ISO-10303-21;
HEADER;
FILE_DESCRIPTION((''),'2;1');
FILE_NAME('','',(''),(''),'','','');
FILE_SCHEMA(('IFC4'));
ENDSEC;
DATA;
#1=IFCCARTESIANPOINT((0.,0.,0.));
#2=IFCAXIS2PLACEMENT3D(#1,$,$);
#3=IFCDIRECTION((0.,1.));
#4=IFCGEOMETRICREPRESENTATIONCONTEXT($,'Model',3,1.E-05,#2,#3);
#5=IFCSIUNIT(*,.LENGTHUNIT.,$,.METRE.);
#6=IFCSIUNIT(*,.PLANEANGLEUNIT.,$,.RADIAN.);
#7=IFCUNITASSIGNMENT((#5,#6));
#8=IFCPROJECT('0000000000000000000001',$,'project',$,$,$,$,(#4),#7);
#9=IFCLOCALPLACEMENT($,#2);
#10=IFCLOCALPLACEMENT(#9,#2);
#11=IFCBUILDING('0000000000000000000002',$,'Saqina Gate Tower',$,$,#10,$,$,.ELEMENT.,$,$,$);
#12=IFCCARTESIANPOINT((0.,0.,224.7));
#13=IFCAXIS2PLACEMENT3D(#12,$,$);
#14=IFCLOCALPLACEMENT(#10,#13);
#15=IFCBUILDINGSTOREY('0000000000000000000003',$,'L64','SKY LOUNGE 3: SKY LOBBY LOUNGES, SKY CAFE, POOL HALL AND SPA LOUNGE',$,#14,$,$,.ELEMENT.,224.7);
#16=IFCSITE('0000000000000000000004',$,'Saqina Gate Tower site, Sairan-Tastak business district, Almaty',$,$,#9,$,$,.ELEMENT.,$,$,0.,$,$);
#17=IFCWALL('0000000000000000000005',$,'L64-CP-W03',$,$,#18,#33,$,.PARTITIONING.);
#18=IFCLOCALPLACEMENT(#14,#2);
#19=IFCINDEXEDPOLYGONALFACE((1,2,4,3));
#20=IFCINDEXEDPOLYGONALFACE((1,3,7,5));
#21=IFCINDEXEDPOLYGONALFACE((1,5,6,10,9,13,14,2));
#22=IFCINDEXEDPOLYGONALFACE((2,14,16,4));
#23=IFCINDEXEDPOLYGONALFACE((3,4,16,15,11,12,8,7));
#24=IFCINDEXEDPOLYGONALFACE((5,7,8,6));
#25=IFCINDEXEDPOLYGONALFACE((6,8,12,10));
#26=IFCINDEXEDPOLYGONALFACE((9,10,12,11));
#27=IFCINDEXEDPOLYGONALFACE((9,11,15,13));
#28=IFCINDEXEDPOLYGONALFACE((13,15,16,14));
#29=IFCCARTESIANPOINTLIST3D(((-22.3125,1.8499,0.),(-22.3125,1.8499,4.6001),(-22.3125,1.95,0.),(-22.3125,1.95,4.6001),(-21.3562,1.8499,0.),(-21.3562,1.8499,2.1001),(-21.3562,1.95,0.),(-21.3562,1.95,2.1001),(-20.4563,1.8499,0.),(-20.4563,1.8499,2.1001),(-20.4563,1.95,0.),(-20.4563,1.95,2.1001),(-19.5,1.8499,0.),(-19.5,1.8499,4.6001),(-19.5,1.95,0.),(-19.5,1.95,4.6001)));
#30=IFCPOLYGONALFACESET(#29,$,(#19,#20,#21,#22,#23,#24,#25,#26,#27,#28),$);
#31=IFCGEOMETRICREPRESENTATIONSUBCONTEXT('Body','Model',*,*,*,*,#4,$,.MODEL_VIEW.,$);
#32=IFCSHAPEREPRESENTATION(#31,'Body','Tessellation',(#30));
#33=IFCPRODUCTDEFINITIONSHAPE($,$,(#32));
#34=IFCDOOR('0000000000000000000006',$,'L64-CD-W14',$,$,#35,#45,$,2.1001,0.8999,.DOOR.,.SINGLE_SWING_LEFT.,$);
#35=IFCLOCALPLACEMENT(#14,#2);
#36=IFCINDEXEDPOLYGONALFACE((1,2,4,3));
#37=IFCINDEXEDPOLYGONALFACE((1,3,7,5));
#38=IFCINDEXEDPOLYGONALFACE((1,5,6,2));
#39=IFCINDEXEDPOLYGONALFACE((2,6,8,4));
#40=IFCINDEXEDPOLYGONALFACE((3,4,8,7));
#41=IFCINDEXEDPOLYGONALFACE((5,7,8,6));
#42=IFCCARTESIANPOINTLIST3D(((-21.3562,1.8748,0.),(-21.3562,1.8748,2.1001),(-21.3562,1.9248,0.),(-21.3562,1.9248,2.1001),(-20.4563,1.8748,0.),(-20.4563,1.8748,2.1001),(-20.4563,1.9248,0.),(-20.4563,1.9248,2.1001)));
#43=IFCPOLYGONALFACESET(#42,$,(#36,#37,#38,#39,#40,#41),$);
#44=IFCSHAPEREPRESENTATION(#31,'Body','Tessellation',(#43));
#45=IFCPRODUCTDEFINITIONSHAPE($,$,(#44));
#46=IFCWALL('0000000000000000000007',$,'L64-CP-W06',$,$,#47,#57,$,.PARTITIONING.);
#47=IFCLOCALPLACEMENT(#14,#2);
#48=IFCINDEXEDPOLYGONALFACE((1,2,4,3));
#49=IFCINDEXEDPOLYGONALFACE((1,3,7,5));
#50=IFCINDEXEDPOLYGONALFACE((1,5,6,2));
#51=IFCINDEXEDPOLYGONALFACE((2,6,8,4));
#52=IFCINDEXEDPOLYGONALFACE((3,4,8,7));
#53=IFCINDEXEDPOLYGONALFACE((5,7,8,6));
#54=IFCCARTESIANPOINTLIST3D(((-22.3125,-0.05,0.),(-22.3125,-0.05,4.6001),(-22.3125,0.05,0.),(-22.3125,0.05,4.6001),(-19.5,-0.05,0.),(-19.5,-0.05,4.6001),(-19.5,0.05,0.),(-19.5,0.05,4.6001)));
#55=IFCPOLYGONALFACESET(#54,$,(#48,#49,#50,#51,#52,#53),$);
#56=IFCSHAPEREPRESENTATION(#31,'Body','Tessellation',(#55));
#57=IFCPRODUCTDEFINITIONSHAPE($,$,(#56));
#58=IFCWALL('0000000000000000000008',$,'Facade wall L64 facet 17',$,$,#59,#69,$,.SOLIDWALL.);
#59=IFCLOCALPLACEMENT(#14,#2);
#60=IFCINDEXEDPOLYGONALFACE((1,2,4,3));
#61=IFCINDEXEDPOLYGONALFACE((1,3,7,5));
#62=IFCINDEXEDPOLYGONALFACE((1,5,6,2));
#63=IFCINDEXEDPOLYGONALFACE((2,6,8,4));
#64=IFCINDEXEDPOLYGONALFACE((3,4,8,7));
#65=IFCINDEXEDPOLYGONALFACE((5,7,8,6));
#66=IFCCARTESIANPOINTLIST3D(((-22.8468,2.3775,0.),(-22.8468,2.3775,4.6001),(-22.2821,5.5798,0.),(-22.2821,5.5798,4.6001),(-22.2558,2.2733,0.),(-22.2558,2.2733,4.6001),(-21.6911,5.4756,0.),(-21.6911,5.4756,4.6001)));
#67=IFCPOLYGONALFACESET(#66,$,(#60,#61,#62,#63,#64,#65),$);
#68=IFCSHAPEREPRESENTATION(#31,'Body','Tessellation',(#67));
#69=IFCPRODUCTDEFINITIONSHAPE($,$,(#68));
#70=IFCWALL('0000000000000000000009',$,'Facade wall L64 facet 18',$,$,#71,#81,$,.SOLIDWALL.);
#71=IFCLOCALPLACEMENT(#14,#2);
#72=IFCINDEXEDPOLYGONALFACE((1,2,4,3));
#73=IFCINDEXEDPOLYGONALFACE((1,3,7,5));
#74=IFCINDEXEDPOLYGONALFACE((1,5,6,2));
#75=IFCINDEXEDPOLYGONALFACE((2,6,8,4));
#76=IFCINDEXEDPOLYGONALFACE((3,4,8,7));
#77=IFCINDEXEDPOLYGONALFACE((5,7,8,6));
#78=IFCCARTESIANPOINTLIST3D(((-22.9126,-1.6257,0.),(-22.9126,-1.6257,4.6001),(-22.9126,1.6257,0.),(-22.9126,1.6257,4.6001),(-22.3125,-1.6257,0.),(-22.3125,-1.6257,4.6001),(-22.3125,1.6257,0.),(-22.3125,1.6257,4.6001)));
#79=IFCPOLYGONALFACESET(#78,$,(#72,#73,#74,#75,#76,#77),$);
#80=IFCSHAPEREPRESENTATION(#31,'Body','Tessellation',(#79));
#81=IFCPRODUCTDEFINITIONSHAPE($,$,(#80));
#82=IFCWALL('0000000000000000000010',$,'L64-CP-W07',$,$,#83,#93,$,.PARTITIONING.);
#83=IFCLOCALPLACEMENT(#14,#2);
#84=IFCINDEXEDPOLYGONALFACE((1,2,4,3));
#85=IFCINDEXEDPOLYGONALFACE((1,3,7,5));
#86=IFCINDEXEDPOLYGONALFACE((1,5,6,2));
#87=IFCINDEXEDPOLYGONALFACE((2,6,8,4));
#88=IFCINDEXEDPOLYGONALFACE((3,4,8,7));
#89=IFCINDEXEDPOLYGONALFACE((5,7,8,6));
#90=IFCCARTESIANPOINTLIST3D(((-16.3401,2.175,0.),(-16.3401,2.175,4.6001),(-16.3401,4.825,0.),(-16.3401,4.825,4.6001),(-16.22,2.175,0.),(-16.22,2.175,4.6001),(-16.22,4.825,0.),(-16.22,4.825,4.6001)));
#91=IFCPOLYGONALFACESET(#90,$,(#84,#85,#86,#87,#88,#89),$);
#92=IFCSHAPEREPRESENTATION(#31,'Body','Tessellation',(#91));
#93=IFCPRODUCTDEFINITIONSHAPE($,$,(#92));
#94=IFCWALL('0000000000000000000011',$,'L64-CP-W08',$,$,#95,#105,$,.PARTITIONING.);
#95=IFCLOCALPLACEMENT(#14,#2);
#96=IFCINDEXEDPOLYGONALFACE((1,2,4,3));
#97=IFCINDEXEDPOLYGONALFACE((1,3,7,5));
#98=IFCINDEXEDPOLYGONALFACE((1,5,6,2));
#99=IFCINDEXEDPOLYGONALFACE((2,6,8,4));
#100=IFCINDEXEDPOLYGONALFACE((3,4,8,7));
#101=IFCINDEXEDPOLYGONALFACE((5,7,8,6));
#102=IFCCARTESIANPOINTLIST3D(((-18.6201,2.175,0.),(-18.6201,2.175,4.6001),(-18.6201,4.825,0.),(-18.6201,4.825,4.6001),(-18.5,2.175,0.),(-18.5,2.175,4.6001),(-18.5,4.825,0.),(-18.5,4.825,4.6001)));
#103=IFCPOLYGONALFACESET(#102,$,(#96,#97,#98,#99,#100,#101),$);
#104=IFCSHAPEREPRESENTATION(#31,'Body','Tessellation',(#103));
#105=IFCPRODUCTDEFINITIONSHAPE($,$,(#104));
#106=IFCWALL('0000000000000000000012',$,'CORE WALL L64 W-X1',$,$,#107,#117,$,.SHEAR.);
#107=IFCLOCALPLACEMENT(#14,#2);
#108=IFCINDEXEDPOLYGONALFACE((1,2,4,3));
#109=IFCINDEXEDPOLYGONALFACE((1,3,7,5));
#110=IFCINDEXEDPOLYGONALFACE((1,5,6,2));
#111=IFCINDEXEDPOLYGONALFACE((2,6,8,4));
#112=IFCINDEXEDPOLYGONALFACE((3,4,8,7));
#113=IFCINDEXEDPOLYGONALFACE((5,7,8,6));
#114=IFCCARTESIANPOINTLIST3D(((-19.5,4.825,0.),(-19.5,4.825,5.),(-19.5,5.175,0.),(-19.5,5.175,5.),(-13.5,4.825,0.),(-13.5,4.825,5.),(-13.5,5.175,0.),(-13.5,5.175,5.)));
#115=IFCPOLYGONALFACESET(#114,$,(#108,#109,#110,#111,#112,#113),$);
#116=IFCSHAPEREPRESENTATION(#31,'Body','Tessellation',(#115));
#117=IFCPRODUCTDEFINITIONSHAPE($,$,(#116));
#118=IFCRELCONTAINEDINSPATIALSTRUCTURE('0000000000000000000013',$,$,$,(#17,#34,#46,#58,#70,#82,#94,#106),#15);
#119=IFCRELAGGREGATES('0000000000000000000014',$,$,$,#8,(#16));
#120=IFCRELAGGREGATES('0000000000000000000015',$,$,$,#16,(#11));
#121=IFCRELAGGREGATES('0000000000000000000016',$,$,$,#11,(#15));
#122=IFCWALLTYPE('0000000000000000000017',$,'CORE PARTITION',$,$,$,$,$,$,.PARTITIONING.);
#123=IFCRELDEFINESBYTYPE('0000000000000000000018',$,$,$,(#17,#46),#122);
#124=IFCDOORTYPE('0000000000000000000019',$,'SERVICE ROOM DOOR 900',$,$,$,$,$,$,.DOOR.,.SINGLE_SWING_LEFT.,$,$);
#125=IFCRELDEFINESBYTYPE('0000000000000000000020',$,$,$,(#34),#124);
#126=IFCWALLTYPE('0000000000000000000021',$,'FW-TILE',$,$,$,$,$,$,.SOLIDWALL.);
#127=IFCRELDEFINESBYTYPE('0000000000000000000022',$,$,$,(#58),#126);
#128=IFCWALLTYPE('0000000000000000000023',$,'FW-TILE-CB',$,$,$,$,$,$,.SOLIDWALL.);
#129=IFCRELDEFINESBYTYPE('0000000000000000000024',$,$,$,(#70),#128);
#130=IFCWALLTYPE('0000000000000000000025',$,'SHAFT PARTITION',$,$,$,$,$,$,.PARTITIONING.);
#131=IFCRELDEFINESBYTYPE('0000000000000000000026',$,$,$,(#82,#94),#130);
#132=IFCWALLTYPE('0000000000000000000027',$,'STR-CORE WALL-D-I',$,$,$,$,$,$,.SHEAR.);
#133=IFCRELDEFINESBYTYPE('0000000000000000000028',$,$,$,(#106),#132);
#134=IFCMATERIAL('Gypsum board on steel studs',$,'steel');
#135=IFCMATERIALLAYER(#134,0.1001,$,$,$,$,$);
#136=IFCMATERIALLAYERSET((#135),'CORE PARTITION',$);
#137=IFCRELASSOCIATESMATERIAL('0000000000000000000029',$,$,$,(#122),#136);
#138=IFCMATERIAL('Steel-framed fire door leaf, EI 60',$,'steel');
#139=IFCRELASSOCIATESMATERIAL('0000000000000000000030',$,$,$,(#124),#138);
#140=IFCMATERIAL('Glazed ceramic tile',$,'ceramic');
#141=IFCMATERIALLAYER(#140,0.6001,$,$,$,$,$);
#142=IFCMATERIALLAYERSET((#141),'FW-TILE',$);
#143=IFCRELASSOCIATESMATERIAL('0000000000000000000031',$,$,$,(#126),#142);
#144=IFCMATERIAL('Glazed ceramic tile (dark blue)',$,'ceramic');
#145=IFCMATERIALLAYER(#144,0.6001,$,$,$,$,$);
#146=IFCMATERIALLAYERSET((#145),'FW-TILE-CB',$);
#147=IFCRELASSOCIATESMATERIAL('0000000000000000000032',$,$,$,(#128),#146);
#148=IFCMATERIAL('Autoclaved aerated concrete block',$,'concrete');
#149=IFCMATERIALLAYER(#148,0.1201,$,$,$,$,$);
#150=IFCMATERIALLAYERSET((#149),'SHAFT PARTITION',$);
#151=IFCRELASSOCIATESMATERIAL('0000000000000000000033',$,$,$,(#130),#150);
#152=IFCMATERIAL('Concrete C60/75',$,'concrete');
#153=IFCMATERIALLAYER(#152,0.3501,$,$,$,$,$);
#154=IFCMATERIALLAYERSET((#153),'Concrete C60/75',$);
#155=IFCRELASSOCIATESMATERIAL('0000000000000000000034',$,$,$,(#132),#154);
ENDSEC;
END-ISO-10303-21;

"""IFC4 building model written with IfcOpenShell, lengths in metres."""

from ifc_helpers import new_model, si_unit, direction, frame, frame_2d, origin, place, context, subcontext, project, spatial, rectangle, extrude, material, layer, layer_set, type_object, element, fill, save


model = new_model("IFC4")

# Units and contexts
model_context = context("Model", 3, precision=1e-05, world=origin(), true_north=direction((0.0, 1.0)))
body_context = subcontext(model_context, "Body", "Model", "MODEL_VIEW")
ifc_project = project(units=[si_unit("LENGTHUNIT", "METRE"), si_unit("PLANEANGLEUNIT", "RADIAN")], contexts=[model_context])

# Site, building, storey
site_placement = place(None, origin())
site = spatial("IfcSite", under=ifc_project, at=site_placement, Name="Saqina Gate Tower site, Sairan-Tastak business district, Almaty", CompositionType="ELEMENT", RefElevation=0.0)
building_placement = place(site_placement, origin())
building = spatial("IfcBuilding", under=site, at=building_placement, Name="Saqina Gate Tower", CompositionType="ELEMENT")
storey_placement = place(building_placement, frame((0.0, 0.0, 224.7)))
storey = spatial("IfcBuildingStorey", under=building, at=storey_placement, Name="L64", Description="SKY LOUNGE 3: SKY LOBBY LOUNGES, SKY CAFE, POOL HALL AND SPA LOUNGE", CompositionType="ELEMENT", Elevation=224.7)

# Shared definitions
ifc_material_1 = material(Name="Gypsum board on steel studs", Category="steel")
ifc_layer_1 = layer(ifc_material_1, 0.1001)
ifc_layer_set_1 = layer_set([ifc_layer_1], Name="CORE PARTITION")
wall_type_1 = type_object("IfcWallType", Name="CORE PARTITION", PredefinedType="PARTITIONING", material=ifc_layer_set_1)

# Wall, opening, door
wall_1_placement = place(storey_placement, frame((-19.5, 1.8999, 0.0), z_axis=(0.0, 0.0, 1.0), x_axis=(-1.0, 0.0, 0.0)))
wall_1 = element("IfcWall", 1, at=wall_1_placement, inside=storey, type_object=wall_type_1, Name="L64-CP-W03", PredefinedType="PARTITIONING", context=body_context, shape_type="SweptSolid", body=[
    extrude(rectangle(XDim=2.8125, YDim=0.1001, at=frame_2d((1.4062, 0.0))), origin(), (0.0, 0.0, 1.0), 4.6001),
])
opening_1_placement = place(wall_1_placement, frame((0.9563, 0.0, 0.0)))
opening_1 = element("IfcOpeningElement", 2, at=opening_1_placement, cuts=wall_1, PredefinedType="OPENING", context=body_context, shape_type="SweptSolid", body=[
    extrude(rectangle(XDim=0.8999, YDim=2.1001, at=frame_2d((0.45, 1.05))), frame((0.0, 0.062, 0.0), z_axis=(0.0, -1.0, 0.0), x_axis=(1.0, 0.0, 0.0)), (0.0, 0.0, 1.0), 0.124),
])
ifc_material_2 = material(Name="Steel-framed fire door leaf, EI 60", Category="steel")
door_type_1 = type_object("IfcDoorType", Name="SERVICE ROOM DOOR 900", OperationType="SINGLE_SWING_LEFT", PredefinedType="DOOR", material=ifc_material_2)
door_1_placement = place(opening_1_placement, frame((0.8999, 0.0, 0.0), z_axis=(0.0, 0.0, 1.0), x_axis=(-1.0, 0.0, 0.0)))
door_1 = element("IfcDoor", 3, at=door_1_placement, inside=storey, type_object=door_type_1, Name="L64-CD-W14", OperationType="SINGLE_SWING_LEFT", OverallHeight=2.1001, OverallWidth=0.8999, PredefinedType="DOOR", context=body_context, shape_type="SweptSolid", body=[
    extrude(rectangle(XDim=0.8999, YDim=2.1001, at=frame_2d((0.45, 1.05))), frame((0.0, 0.0249, 0.0), z_axis=(0.0, -1.0, 0.0), x_axis=(1.0, 0.0, 0.0)), (0.0, 0.0, 1.0), 0.05),
])
fill(opening_1, door_1)

# Walls
wall_2_placement = place(storey_placement, frame((-19.5, 0.0, 0.0), z_axis=(0.0, 0.0, 1.0), x_axis=(-1.0, 0.0, 0.0)))
element("IfcWall", 4, at=wall_2_placement, inside=storey, type_object=wall_type_1, Name="L64-CP-W06", PredefinedType="PARTITIONING", context=body_context, shape_type="SweptSolid", body=[
    extrude(rectangle(XDim=2.8125, YDim=0.1001, at=frame_2d((1.4062, 0.0))), origin(), (0.0, 0.0, 1.0), 4.6001),
])
ifc_material_3 = material(Name="Glazed ceramic tile", Category="ceramic")
ifc_layer_2 = layer(ifc_material_3, 0.6001)
ifc_layer_set_2 = layer_set([ifc_layer_2], Name="FW-TILE")
wall_type_2 = type_object("IfcWallType", Name="FW-TILE", PredefinedType="SOLIDWALL", material=ifc_layer_set_2)
wall_3_placement = place(storey_placement, frame((-21.9866, 5.5278, 0.0), z_axis=(0.0, 0.0, 1.0), x_axis=(-0.173657, -0.984806, 0.0)))
element("IfcWall", 5, at=wall_3_placement, inside=storey, type_object=wall_type_2, Name="Facade wall L64 facet 17", PredefinedType="SOLIDWALL", context=body_context, shape_type="SweptSolid", body=[
    extrude(rectangle(XDim=3.2517, YDim=0.6001, at=frame_2d((1.626, 0.0))), origin(), (0.0, 0.0, 1.0), 4.6001),
])
ifc_material_4 = material(Name="Glazed ceramic tile (dark blue)", Category="ceramic")
ifc_layer_3 = layer(ifc_material_4, 0.6001)
ifc_layer_set_3 = layer_set([ifc_layer_3], Name="FW-TILE-CB")
wall_type_3 = type_object("IfcWallType", Name="FW-TILE-CB", PredefinedType="SOLIDWALL", material=ifc_layer_set_3)
wall_4_placement = place(storey_placement, frame((-22.6125, 1.6257, 0.0), z_axis=(0.0, 0.0, 1.0), x_axis=(0.0, -1.0, 0.0)))
element("IfcWall", 6, at=wall_4_placement, inside=storey, type_object=wall_type_3, Name="Facade wall L64 facet 18", PredefinedType="SOLIDWALL", context=body_context, shape_type="SweptSolid", body=[
    extrude(rectangle(XDim=3.2515, YDim=0.6001, at=frame_2d((1.6257, 0.0))), origin(), (0.0, 0.0, 1.0), 4.6001),
])
ifc_material_5 = material(Name="Autoclaved aerated concrete block", Category="concrete")
ifc_layer_4 = layer(ifc_material_5, 0.1201)
ifc_layer_set_4 = layer_set([ifc_layer_4], Name="SHAFT PARTITION")
wall_type_4 = type_object("IfcWallType", Name="SHAFT PARTITION", PredefinedType="PARTITIONING", material=ifc_layer_set_4)
for number, where, z_axis, x_axis, name in (
    (7, (-16.28, 2.175, 0.0), (0.0, 0.0, 1.0), (0.0, 1.0, 0.0), "L64-CP-W07"),
    (8, (-18.5601, 2.175, 0.0), (0.0, 0.0, 1.0), (0.0, 1.0, 0.0), "L64-CP-W08"),
):
    element("IfcWall", number, at=place(storey_placement, frame(where, z_axis=z_axis, x_axis=x_axis)), inside=storey, type_object=wall_type_4, Name=name, PredefinedType="PARTITIONING", context=body_context, shape_type="SweptSolid", body=[
        extrude(rectangle(XDim=2.6499, YDim=0.1201, at=frame_2d((1.325, 0.0))), origin(), (0.0, 0.0, 1.0), 4.6001),
    ])
ifc_material_6 = material(Name="Concrete C60/75", Category="concrete")
ifc_layer_5 = layer(ifc_material_6, 0.3501)
ifc_layer_set_5 = layer_set([ifc_layer_5], Name="Concrete C60/75")
wall_type_5 = type_object("IfcWallType", Name="STR-CORE WALL-D-I", PredefinedType="SHEAR", material=ifc_layer_set_5)
wall_5_placement = place(storey_placement, frame((-13.5, 5.0, 0.0), z_axis=(0.0, 0.0, 1.0), x_axis=(-1.0, 0.0, 0.0)))
element("IfcWall", 9, at=wall_5_placement, inside=storey, type_object=wall_type_5, Name="CORE WALL L64 W-X1", PredefinedType="SHEAR", context=body_context, shape_type="SweptSolid", body=[
    extrude(rectangle(XDim=6.0, YDim=0.3501, at=frame_2d((3.0, 0.0))), origin(), (0.0, 0.0, 1.0), 5.0),
])

save(model, "model.ifc")
